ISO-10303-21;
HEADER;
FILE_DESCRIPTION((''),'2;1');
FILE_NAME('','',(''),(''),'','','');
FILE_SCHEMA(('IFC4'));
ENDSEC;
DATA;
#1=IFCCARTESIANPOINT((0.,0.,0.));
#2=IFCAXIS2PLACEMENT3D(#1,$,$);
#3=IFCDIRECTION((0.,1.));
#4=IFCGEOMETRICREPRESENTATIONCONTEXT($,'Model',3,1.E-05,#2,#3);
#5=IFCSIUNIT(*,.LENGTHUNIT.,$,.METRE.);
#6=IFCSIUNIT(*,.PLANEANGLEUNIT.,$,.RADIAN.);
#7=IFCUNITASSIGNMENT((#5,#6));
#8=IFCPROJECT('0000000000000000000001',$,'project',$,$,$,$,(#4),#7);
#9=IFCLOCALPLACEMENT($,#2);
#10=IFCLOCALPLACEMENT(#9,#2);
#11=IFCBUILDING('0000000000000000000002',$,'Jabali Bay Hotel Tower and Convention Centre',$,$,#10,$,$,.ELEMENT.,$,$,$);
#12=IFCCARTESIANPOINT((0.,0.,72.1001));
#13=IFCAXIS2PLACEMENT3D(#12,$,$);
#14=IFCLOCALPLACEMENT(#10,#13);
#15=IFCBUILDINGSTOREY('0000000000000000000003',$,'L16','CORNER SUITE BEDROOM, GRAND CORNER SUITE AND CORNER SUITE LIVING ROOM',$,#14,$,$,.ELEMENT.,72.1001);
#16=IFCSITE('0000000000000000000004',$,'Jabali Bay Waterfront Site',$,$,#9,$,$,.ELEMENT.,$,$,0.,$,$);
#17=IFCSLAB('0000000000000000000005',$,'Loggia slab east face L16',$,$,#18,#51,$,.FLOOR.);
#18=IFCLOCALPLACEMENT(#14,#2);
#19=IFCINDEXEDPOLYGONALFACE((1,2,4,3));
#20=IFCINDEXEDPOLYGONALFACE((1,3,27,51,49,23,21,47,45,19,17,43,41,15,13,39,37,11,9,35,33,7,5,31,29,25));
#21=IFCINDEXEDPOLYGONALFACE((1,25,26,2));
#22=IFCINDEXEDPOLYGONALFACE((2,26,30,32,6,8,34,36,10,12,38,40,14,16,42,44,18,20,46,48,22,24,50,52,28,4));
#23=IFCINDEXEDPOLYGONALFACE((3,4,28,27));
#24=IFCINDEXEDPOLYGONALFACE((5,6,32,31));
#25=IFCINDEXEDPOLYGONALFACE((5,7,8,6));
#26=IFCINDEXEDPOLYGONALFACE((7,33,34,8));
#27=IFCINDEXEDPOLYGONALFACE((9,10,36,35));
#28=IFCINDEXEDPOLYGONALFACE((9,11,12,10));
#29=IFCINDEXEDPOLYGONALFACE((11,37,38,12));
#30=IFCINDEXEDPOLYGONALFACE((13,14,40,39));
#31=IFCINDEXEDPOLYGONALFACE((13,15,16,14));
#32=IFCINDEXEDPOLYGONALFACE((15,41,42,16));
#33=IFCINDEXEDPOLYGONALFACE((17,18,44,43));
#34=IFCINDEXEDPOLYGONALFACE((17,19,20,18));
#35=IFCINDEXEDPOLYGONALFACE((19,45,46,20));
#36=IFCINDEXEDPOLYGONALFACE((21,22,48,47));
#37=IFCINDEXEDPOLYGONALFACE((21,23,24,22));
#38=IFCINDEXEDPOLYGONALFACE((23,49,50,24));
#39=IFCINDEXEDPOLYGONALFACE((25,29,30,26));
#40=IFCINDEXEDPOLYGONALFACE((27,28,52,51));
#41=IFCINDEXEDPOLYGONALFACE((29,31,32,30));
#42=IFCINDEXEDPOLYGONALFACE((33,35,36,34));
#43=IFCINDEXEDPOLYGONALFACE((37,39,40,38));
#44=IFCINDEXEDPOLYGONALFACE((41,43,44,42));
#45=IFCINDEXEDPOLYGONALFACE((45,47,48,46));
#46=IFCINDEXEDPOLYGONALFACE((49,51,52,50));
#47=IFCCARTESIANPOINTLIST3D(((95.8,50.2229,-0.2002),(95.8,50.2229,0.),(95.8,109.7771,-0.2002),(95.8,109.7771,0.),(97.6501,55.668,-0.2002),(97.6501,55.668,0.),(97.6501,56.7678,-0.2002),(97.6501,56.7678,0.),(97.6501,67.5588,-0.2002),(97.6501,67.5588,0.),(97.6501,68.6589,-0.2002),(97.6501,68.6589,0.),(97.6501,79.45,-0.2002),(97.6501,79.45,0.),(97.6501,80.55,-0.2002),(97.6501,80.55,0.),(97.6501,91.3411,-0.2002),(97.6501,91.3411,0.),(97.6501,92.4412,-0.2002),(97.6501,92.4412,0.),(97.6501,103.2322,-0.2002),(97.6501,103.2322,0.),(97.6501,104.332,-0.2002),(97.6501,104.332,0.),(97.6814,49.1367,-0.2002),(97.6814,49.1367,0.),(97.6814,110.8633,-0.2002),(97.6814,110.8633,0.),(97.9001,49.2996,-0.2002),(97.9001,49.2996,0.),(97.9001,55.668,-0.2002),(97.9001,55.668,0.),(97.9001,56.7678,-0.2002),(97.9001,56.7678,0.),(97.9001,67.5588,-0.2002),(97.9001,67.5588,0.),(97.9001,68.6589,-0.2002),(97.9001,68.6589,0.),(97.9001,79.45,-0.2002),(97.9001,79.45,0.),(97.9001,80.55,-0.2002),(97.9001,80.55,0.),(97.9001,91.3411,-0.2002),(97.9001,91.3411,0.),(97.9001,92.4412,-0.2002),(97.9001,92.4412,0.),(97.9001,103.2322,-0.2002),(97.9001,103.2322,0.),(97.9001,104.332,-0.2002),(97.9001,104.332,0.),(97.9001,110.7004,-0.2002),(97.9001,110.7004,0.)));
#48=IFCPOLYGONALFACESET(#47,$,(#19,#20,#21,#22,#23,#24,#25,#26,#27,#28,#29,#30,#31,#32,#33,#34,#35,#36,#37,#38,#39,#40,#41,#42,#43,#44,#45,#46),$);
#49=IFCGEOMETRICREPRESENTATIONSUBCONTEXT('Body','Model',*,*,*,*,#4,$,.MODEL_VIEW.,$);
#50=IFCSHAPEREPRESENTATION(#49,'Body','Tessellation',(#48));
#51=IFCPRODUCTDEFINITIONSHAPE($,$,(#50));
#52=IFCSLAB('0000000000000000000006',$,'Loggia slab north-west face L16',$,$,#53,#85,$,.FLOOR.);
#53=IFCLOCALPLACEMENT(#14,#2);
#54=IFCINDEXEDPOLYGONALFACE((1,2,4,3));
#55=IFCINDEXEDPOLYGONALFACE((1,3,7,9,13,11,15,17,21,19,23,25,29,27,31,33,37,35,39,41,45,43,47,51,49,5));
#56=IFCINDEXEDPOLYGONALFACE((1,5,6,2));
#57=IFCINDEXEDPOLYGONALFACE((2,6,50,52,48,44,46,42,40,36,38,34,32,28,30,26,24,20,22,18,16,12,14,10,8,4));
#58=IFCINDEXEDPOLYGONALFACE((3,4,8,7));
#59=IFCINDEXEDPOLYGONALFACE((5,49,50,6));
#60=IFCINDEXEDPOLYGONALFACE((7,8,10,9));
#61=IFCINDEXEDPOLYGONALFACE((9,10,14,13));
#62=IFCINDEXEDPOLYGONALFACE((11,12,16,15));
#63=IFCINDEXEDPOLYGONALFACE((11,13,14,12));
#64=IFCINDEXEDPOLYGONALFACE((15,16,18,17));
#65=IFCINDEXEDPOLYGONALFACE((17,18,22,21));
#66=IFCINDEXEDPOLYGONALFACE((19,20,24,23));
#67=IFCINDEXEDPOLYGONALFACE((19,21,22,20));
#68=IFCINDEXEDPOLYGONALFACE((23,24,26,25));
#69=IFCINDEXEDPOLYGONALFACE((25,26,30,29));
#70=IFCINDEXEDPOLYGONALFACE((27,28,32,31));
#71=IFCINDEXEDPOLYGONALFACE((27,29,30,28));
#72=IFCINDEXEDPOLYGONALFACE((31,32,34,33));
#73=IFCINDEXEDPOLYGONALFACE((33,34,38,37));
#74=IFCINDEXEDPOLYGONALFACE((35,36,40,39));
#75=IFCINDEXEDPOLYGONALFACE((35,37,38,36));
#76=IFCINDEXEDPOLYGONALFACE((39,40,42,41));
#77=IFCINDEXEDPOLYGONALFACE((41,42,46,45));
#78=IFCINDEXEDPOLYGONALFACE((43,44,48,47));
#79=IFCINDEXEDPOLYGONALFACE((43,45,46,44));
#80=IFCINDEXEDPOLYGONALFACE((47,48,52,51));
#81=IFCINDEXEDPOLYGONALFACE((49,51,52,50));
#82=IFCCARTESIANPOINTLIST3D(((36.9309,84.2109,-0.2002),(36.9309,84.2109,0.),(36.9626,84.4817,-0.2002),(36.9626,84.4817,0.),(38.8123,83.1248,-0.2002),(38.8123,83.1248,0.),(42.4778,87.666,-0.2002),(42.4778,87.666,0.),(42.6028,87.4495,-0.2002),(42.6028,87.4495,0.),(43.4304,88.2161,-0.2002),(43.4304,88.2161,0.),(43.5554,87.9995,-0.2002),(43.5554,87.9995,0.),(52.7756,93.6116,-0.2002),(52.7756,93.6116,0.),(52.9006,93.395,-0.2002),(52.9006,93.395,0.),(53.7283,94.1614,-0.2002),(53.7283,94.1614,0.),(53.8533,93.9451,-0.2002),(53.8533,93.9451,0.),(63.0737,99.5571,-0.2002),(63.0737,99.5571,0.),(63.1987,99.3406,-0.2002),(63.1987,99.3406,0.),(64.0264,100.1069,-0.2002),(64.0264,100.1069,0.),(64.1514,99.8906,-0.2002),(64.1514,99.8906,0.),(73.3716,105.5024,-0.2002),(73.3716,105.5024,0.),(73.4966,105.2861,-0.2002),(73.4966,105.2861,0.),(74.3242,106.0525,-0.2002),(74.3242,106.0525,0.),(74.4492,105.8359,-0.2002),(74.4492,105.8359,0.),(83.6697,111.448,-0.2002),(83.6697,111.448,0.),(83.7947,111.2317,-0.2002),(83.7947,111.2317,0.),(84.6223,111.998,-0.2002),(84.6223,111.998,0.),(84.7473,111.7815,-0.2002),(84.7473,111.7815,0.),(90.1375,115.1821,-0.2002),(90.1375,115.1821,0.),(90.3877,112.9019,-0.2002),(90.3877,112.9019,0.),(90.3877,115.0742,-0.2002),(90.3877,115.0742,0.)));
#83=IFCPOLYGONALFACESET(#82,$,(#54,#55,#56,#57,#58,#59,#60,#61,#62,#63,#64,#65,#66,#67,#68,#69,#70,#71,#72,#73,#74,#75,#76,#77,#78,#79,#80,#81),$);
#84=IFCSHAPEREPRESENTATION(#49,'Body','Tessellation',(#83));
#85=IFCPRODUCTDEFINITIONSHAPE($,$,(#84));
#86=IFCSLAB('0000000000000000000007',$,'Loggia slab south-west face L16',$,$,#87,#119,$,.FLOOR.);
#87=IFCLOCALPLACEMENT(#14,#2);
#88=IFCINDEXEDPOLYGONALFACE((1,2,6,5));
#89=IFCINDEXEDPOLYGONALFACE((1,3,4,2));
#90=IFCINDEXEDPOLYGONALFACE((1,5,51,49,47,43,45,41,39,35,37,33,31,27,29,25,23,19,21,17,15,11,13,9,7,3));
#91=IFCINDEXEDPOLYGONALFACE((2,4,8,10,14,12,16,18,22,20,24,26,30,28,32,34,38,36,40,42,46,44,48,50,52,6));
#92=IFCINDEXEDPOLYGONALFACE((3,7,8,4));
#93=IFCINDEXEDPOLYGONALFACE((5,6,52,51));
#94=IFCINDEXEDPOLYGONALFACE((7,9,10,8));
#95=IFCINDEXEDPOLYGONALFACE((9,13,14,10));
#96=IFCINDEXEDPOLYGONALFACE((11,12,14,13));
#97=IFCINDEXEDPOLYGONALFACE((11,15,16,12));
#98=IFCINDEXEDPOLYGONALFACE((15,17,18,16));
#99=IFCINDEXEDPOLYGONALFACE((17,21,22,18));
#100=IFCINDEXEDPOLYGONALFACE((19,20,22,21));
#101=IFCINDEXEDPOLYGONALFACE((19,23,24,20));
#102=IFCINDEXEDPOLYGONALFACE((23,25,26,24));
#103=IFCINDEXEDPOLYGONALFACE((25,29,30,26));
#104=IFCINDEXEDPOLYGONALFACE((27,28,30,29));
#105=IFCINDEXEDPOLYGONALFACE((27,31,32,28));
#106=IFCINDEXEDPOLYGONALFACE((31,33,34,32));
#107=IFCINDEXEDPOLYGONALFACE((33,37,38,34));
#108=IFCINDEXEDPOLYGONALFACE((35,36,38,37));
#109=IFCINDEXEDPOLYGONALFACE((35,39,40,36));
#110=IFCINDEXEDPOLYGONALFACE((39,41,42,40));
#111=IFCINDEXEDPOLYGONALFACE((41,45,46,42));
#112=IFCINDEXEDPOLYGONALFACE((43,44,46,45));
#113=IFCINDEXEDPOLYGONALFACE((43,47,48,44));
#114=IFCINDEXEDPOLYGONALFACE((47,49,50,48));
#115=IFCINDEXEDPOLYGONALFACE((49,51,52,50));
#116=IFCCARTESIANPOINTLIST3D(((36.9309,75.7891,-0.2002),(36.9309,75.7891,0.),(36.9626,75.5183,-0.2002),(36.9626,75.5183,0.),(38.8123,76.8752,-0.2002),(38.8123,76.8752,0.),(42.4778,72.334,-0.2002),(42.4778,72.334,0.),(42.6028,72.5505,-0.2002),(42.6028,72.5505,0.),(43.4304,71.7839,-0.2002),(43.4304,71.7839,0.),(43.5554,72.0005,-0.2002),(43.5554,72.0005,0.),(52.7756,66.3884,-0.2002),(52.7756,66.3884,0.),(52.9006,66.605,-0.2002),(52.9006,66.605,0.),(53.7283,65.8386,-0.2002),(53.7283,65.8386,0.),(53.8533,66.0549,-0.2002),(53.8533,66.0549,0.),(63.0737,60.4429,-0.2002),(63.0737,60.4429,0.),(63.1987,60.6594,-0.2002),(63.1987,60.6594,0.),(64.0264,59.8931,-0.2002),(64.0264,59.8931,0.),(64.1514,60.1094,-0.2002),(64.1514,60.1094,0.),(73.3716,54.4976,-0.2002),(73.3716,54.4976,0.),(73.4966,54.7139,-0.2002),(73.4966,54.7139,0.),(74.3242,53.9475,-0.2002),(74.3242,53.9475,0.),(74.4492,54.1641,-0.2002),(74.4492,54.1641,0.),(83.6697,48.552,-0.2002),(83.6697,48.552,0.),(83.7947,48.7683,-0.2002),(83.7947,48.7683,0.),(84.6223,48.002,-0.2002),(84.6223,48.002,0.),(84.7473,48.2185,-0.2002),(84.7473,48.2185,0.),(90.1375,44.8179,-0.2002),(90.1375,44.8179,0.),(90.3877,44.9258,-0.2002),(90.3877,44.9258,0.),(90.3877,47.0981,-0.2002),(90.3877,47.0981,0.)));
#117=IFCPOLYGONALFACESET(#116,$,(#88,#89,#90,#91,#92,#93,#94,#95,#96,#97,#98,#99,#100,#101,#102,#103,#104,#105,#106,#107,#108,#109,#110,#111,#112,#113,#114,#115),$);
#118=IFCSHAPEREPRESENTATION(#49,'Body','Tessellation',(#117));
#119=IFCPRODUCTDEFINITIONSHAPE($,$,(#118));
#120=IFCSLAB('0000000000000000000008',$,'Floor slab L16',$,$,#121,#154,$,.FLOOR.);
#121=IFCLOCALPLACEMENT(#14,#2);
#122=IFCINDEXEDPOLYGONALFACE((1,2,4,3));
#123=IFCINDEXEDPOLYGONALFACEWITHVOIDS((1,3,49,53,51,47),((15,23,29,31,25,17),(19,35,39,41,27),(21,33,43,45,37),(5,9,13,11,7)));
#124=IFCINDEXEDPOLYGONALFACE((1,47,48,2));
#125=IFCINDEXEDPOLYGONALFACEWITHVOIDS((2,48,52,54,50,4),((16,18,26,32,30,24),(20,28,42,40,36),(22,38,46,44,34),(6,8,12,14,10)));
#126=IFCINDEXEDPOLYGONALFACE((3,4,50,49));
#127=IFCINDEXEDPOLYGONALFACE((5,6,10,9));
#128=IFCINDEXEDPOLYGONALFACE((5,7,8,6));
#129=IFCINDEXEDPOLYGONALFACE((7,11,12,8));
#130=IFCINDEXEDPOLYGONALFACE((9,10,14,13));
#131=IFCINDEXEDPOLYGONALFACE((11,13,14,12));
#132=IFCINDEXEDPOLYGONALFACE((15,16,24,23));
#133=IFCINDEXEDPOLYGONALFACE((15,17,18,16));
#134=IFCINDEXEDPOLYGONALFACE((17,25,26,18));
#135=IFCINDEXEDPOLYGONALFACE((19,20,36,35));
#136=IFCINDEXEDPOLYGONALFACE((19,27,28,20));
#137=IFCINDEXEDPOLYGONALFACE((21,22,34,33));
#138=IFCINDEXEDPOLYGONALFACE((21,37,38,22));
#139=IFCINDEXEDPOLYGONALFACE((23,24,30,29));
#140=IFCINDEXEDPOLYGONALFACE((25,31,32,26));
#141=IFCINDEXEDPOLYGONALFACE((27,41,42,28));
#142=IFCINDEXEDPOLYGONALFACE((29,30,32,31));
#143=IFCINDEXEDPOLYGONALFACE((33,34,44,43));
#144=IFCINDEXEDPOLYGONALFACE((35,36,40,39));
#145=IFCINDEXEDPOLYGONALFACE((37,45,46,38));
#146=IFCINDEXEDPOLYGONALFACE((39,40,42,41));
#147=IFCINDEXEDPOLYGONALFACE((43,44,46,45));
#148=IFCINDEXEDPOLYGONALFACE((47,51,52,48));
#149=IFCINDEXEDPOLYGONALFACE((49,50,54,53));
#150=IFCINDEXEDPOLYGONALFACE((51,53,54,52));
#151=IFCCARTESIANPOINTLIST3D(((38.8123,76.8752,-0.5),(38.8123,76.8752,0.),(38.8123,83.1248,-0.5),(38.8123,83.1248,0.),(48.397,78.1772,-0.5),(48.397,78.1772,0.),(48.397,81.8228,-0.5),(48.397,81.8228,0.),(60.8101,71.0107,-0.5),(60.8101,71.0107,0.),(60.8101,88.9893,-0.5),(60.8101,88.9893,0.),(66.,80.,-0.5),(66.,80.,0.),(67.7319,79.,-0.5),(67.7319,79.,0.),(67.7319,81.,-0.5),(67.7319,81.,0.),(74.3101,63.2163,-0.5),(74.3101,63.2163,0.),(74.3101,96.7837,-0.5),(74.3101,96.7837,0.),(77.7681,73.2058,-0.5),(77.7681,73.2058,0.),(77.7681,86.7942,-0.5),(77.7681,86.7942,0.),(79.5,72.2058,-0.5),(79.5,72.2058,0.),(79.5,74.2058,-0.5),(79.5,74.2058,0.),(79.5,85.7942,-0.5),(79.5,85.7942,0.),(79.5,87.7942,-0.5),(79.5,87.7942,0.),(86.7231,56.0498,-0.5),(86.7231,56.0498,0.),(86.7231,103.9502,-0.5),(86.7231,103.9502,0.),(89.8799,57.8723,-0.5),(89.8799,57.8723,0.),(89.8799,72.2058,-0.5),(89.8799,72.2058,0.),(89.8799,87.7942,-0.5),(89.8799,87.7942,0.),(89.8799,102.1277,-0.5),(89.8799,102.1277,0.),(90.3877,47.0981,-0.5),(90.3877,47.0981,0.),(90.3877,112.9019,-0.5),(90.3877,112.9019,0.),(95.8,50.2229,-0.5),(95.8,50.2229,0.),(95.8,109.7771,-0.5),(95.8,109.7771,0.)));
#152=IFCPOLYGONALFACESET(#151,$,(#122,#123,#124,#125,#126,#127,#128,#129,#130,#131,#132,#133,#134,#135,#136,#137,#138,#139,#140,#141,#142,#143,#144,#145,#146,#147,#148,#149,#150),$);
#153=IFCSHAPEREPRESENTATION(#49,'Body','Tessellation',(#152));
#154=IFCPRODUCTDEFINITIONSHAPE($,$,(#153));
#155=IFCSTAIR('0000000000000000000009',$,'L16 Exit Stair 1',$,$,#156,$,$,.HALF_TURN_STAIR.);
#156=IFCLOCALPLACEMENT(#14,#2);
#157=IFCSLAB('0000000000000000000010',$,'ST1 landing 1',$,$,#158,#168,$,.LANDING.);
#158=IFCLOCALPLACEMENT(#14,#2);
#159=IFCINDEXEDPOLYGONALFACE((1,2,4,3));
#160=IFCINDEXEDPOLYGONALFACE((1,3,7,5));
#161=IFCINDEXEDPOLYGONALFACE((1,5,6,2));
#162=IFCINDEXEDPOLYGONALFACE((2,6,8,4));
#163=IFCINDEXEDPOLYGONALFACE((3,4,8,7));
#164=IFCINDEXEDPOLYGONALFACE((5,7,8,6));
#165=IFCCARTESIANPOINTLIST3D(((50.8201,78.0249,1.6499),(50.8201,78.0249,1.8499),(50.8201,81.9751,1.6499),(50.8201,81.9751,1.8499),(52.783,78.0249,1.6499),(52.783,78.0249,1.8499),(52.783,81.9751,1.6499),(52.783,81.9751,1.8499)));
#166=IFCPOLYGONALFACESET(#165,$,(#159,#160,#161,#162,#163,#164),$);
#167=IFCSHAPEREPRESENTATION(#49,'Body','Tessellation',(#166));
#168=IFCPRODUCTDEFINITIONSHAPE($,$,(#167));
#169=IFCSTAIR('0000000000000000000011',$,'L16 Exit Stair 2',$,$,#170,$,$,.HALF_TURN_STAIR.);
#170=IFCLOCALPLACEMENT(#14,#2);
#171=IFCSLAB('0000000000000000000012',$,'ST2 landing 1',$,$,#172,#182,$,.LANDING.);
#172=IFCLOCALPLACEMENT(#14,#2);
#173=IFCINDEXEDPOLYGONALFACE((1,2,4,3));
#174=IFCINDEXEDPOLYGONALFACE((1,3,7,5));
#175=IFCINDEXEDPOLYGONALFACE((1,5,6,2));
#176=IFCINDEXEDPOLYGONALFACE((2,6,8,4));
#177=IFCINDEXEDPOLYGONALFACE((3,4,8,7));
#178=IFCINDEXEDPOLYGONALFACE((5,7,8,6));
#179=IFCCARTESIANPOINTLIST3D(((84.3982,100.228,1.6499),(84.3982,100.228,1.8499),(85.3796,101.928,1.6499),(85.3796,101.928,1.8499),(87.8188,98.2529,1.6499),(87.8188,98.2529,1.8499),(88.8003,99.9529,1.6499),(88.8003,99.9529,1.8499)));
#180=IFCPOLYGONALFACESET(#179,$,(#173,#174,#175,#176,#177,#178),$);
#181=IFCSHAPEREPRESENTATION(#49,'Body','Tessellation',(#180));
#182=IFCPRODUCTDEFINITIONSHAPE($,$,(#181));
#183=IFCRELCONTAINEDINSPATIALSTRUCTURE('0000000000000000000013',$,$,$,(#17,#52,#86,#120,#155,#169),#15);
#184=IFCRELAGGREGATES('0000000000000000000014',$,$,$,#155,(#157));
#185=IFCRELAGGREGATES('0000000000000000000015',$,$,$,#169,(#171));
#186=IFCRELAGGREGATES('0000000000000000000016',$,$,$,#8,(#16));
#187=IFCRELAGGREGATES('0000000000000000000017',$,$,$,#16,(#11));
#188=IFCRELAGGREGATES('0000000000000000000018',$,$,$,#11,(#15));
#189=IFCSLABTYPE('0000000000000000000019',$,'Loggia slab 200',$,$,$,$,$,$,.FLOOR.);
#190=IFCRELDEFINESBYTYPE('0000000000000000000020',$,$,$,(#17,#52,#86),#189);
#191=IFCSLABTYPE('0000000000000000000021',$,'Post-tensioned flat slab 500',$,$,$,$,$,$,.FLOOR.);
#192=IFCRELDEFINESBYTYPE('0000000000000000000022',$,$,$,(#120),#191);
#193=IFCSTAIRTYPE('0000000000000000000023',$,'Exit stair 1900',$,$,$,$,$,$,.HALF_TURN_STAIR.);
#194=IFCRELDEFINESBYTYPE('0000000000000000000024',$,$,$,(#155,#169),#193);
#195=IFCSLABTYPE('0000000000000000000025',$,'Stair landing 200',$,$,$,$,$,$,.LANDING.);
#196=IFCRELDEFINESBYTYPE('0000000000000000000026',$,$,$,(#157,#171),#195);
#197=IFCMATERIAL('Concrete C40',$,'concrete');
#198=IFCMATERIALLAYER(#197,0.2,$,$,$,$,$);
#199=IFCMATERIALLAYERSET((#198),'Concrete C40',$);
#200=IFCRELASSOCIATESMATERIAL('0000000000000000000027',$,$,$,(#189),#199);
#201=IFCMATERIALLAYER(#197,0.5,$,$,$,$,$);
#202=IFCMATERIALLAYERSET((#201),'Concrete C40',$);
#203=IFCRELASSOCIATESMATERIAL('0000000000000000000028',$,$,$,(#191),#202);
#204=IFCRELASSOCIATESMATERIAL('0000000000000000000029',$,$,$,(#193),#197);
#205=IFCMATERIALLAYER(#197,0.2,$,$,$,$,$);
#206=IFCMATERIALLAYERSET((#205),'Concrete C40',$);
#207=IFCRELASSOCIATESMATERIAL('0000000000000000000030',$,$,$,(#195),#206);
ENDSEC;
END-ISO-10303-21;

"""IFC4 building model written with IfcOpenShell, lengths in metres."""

from ifc_helpers import new_model, si_unit, direction, frame, origin, place, context, subcontext, project, spatial, polyline, outline, extrude, material, layer, layer_set, type_object, element, aggregate, save


model = new_model("IFC4")

# Units and contexts
model_context = context("Model", 3, precision=1e-05, world=origin(), true_north=direction((0.0, 1.0)))
body_context = subcontext(model_context, "Body", "Model", "MODEL_VIEW")
ifc_project = project(units=[si_unit("LENGTHUNIT", "METRE"), si_unit("PLANEANGLEUNIT", "RADIAN")], contexts=[model_context])

# Site, building, storey
site_placement = place(None, origin())
site = spatial("IfcSite", under=ifc_project, at=site_placement, Name="Jabali Bay Waterfront Site", CompositionType="ELEMENT", RefElevation=0.0)
building_placement = place(site_placement, origin())
building = spatial("IfcBuilding", under=site, at=building_placement, Name="Jabali Bay Hotel Tower and Convention Centre", CompositionType="ELEMENT")
storey_placement = place(building_placement, frame((0.0, 0.0, 72.1001)))
storey = spatial("IfcBuildingStorey", under=building, at=storey_placement, Name="L16", Description="CORNER SUITE BEDROOM, GRAND CORNER SUITE AND CORNER SUITE LIVING ROOM", CompositionType="ELEMENT", Elevation=72.1001)

# Slabs
ifc_material_1 = material(Name="Concrete C40", Category="concrete")
ifc_layer_1 = layer(ifc_material_1, 0.2)
ifc_layer_set_1 = layer_set([ifc_layer_1], Name="Concrete C40")
slab_type_1 = type_object("IfcSlabType", Name="Loggia slab 200", PredefinedType="FLOOR", material=ifc_layer_set_1)
slab_1_placement = place(storey_placement, frame((0.0, 0.0, -0.2002)))
element("IfcSlab", 1, at=slab_1_placement, inside=storey, type_object=slab_type_1, Name="Loggia slab east face L16", PredefinedType="FLOOR", context=body_context, shape_type="SweptSolid", body=[
    extrude(outline(polyline([(95.8, 109.7771), (97.6814, 110.8633), (97.9001, 110.7004), (97.9001, 104.332), (97.6501, 104.332), (97.6501, 103.2322), (97.9001, 103.2322), (97.9001, 92.4412), (97.6501, 92.4412), (97.6501, 91.3411), (97.9001, 91.3411), (97.9001, 80.55), (97.6501, 80.55), (97.6501, 79.45), (97.9001, 79.45), (97.9001, 68.6589), (97.6501, 68.6589), (97.6501, 67.5588), (97.9001, 67.5588), (97.9001, 56.7678), (97.6501, 56.7678), (97.6501, 55.668), (97.9001, 55.668), (97.9001, 49.2996), (97.6814, 49.1367), (95.8, 50.2229), (95.8, 109.7771)])), origin(), (0.0, 0.0, 1.0), 0.2002),
])
slab_2_placement = place(storey_placement, frame((0.0, 0.0, -0.2002)))
element("IfcSlab", 2, at=slab_2_placement, inside=storey, type_object=slab_type_1, Name="Loggia slab north-west face L16", PredefinedType="FLOOR", context=body_context, shape_type="SweptSolid", body=[
    extrude(outline(polyline([(38.8123, 83.1248), (36.9309, 84.2109), (36.9626, 84.4817), (42.4778, 87.666), (42.6028, 87.4495), (43.5554, 87.9995), (43.4304, 88.2161), (52.7756, 93.6116), (52.9006, 93.395), (53.8533, 93.9451), (53.7283, 94.1614), (63.0737, 99.5571), (63.1987, 99.3406), (64.1514, 99.8906), (64.0264, 100.1069), (73.3716, 105.5024), (73.4966, 105.2861), (74.4492, 105.8359), (74.3242, 106.0525), (83.6697, 111.448), (83.7947, 111.2317), (84.7473, 111.7815), (84.6223, 111.998), (90.1375, 115.1821), (90.3877, 115.0742), (90.3877, 112.9019), (38.8123, 83.1248)])), origin(), (0.0, 0.0, 1.0), 0.2002),
])
slab_3_placement = place(storey_placement, frame((0.0, 0.0, -0.2002)))
element("IfcSlab", 3, at=slab_3_placement, inside=storey, type_object=slab_type_1, Name="Loggia slab south-west face L16", PredefinedType="FLOOR", context=body_context, shape_type="SweptSolid", body=[
    extrude(outline(polyline([(90.3877, 47.0981), (90.3877, 44.9258), (90.1375, 44.8179), (84.6223, 48.002), (84.7473, 48.2185), (83.7947, 48.7683), (83.6697, 48.552), (74.3242, 53.9475), (74.4492, 54.1641), (73.4966, 54.7139), (73.3716, 54.4976), (64.0264, 59.8931), (64.1514, 60.1094), (63.1987, 60.6594), (63.0737, 60.4429), (53.7283, 65.8386), (53.8533, 66.0549), (52.9006, 66.605), (52.7756, 66.3884), (43.4304, 71.7839), (43.5554, 72.0005), (42.6028, 72.5505), (42.4778, 72.334), (36.9626, 75.5183), (36.9309, 75.7891), (38.8123, 76.8752), (90.3877, 47.0981)])), origin(), (0.0, 0.0, 1.0), 0.2002),
])
ifc_layer_2 = layer(ifc_material_1, 0.5)
ifc_layer_set_2 = layer_set([ifc_layer_2], Name="Concrete C40")
slab_type_2 = type_object("IfcSlabType", Name="Post-tensioned flat slab 500", PredefinedType="FLOOR", material=ifc_layer_set_2)
slab_4_placement = place(storey_placement, frame((0.0, 0.0, -0.5)))
element("IfcSlab", 4, at=slab_4_placement, inside=storey, type_object=slab_type_2, Name="Floor slab L16", PredefinedType="FLOOR", context=body_context, shape_type="SweptSolid", body=[
    extrude(outline(polyline([(90.3877, 112.9019), (95.8, 109.7771), (95.8, 50.2229), (90.3877, 47.0981), (38.8123, 76.8752), (38.8123, 83.1248), (90.3877, 112.9019)]), holes=[polyline([(67.7319, 79.0), (77.7681, 73.2058), (79.5, 74.2058), (79.5, 85.7942), (77.7681, 86.7942), (67.7319, 81.0), (67.7319, 79.0)]), polyline([(48.397, 78.1772), (60.8101, 71.0107), (66.0, 80.0), (60.8101, 88.9893), (48.397, 81.8228), (48.397, 78.1772)]), polyline([(89.8799, 102.1277), (86.7231, 103.9502), (74.3101, 96.7837), (79.5, 87.7942), (89.8799, 87.7942), (89.8799, 102.1277)]), polyline([(74.3101, 63.2163), (86.7231, 56.0498), (89.8799, 57.8723), (89.8799, 72.2058), (79.5, 72.2058), (74.3101, 63.2163)])]), origin(), (0.0, 0.0, 1.0), 0.5),
])

# Stairs, slabs
stair_type = type_object("IfcStairType", Name="Exit stair 1900", PredefinedType="HALF_TURN_STAIR", material=ifc_material_1)
stair_1_placement = place(storey_placement, origin())
stair_1 = element("IfcStair", 5, at=stair_1_placement, inside=storey, type_object=stair_type, Name="L16 Exit Stair 1", PredefinedType="HALF_TURN_STAIR")
ifc_layer_3 = layer(ifc_material_1, 0.2)
ifc_layer_set_3 = layer_set([ifc_layer_3], Name="Concrete C40")
slab_type_3 = type_object("IfcSlabType", Name="Stair landing 200", PredefinedType="LANDING", material=ifc_layer_set_3)
slab_5_placement = place(storey_placement, frame((0.0, 0.0, 1.6499)))
slab_5 = element("IfcSlab", 6, at=slab_5_placement, type_object=slab_type_3, Name="ST1 landing 1", PredefinedType="LANDING", context=body_context, shape_type="SweptSolid", body=[
    extrude(outline(polyline([(52.783, 81.9751), (50.8201, 81.9751), (50.8201, 78.0249), (52.783, 78.0249), (52.783, 81.9751)])), origin(), (0.0, 0.0, 1.0), 0.2),
])
aggregate(stair_1, [slab_5])
stair_2_placement = place(storey_placement, origin())
stair_2 = element("IfcStair", 7, at=stair_2_placement, inside=storey, type_object=stair_type, Name="L16 Exit Stair 2", PredefinedType="HALF_TURN_STAIR")
slab_6_placement = place(storey_placement, frame((0.0, 0.0, 1.6499)))
slab_6 = element("IfcSlab", 8, at=slab_6_placement, type_object=slab_type_3, Name="ST2 landing 1", PredefinedType="LANDING", context=body_context, shape_type="SweptSolid", body=[
    extrude(outline(polyline([(87.8188, 98.2529), (88.8003, 99.9529), (85.3796, 101.928), (84.3982, 100.228), (87.8188, 98.2529)])), origin(), (0.0, 0.0, 1.0), 0.2),
])
aggregate(stair_2, [slab_6])

save(model, "model.ifc")
